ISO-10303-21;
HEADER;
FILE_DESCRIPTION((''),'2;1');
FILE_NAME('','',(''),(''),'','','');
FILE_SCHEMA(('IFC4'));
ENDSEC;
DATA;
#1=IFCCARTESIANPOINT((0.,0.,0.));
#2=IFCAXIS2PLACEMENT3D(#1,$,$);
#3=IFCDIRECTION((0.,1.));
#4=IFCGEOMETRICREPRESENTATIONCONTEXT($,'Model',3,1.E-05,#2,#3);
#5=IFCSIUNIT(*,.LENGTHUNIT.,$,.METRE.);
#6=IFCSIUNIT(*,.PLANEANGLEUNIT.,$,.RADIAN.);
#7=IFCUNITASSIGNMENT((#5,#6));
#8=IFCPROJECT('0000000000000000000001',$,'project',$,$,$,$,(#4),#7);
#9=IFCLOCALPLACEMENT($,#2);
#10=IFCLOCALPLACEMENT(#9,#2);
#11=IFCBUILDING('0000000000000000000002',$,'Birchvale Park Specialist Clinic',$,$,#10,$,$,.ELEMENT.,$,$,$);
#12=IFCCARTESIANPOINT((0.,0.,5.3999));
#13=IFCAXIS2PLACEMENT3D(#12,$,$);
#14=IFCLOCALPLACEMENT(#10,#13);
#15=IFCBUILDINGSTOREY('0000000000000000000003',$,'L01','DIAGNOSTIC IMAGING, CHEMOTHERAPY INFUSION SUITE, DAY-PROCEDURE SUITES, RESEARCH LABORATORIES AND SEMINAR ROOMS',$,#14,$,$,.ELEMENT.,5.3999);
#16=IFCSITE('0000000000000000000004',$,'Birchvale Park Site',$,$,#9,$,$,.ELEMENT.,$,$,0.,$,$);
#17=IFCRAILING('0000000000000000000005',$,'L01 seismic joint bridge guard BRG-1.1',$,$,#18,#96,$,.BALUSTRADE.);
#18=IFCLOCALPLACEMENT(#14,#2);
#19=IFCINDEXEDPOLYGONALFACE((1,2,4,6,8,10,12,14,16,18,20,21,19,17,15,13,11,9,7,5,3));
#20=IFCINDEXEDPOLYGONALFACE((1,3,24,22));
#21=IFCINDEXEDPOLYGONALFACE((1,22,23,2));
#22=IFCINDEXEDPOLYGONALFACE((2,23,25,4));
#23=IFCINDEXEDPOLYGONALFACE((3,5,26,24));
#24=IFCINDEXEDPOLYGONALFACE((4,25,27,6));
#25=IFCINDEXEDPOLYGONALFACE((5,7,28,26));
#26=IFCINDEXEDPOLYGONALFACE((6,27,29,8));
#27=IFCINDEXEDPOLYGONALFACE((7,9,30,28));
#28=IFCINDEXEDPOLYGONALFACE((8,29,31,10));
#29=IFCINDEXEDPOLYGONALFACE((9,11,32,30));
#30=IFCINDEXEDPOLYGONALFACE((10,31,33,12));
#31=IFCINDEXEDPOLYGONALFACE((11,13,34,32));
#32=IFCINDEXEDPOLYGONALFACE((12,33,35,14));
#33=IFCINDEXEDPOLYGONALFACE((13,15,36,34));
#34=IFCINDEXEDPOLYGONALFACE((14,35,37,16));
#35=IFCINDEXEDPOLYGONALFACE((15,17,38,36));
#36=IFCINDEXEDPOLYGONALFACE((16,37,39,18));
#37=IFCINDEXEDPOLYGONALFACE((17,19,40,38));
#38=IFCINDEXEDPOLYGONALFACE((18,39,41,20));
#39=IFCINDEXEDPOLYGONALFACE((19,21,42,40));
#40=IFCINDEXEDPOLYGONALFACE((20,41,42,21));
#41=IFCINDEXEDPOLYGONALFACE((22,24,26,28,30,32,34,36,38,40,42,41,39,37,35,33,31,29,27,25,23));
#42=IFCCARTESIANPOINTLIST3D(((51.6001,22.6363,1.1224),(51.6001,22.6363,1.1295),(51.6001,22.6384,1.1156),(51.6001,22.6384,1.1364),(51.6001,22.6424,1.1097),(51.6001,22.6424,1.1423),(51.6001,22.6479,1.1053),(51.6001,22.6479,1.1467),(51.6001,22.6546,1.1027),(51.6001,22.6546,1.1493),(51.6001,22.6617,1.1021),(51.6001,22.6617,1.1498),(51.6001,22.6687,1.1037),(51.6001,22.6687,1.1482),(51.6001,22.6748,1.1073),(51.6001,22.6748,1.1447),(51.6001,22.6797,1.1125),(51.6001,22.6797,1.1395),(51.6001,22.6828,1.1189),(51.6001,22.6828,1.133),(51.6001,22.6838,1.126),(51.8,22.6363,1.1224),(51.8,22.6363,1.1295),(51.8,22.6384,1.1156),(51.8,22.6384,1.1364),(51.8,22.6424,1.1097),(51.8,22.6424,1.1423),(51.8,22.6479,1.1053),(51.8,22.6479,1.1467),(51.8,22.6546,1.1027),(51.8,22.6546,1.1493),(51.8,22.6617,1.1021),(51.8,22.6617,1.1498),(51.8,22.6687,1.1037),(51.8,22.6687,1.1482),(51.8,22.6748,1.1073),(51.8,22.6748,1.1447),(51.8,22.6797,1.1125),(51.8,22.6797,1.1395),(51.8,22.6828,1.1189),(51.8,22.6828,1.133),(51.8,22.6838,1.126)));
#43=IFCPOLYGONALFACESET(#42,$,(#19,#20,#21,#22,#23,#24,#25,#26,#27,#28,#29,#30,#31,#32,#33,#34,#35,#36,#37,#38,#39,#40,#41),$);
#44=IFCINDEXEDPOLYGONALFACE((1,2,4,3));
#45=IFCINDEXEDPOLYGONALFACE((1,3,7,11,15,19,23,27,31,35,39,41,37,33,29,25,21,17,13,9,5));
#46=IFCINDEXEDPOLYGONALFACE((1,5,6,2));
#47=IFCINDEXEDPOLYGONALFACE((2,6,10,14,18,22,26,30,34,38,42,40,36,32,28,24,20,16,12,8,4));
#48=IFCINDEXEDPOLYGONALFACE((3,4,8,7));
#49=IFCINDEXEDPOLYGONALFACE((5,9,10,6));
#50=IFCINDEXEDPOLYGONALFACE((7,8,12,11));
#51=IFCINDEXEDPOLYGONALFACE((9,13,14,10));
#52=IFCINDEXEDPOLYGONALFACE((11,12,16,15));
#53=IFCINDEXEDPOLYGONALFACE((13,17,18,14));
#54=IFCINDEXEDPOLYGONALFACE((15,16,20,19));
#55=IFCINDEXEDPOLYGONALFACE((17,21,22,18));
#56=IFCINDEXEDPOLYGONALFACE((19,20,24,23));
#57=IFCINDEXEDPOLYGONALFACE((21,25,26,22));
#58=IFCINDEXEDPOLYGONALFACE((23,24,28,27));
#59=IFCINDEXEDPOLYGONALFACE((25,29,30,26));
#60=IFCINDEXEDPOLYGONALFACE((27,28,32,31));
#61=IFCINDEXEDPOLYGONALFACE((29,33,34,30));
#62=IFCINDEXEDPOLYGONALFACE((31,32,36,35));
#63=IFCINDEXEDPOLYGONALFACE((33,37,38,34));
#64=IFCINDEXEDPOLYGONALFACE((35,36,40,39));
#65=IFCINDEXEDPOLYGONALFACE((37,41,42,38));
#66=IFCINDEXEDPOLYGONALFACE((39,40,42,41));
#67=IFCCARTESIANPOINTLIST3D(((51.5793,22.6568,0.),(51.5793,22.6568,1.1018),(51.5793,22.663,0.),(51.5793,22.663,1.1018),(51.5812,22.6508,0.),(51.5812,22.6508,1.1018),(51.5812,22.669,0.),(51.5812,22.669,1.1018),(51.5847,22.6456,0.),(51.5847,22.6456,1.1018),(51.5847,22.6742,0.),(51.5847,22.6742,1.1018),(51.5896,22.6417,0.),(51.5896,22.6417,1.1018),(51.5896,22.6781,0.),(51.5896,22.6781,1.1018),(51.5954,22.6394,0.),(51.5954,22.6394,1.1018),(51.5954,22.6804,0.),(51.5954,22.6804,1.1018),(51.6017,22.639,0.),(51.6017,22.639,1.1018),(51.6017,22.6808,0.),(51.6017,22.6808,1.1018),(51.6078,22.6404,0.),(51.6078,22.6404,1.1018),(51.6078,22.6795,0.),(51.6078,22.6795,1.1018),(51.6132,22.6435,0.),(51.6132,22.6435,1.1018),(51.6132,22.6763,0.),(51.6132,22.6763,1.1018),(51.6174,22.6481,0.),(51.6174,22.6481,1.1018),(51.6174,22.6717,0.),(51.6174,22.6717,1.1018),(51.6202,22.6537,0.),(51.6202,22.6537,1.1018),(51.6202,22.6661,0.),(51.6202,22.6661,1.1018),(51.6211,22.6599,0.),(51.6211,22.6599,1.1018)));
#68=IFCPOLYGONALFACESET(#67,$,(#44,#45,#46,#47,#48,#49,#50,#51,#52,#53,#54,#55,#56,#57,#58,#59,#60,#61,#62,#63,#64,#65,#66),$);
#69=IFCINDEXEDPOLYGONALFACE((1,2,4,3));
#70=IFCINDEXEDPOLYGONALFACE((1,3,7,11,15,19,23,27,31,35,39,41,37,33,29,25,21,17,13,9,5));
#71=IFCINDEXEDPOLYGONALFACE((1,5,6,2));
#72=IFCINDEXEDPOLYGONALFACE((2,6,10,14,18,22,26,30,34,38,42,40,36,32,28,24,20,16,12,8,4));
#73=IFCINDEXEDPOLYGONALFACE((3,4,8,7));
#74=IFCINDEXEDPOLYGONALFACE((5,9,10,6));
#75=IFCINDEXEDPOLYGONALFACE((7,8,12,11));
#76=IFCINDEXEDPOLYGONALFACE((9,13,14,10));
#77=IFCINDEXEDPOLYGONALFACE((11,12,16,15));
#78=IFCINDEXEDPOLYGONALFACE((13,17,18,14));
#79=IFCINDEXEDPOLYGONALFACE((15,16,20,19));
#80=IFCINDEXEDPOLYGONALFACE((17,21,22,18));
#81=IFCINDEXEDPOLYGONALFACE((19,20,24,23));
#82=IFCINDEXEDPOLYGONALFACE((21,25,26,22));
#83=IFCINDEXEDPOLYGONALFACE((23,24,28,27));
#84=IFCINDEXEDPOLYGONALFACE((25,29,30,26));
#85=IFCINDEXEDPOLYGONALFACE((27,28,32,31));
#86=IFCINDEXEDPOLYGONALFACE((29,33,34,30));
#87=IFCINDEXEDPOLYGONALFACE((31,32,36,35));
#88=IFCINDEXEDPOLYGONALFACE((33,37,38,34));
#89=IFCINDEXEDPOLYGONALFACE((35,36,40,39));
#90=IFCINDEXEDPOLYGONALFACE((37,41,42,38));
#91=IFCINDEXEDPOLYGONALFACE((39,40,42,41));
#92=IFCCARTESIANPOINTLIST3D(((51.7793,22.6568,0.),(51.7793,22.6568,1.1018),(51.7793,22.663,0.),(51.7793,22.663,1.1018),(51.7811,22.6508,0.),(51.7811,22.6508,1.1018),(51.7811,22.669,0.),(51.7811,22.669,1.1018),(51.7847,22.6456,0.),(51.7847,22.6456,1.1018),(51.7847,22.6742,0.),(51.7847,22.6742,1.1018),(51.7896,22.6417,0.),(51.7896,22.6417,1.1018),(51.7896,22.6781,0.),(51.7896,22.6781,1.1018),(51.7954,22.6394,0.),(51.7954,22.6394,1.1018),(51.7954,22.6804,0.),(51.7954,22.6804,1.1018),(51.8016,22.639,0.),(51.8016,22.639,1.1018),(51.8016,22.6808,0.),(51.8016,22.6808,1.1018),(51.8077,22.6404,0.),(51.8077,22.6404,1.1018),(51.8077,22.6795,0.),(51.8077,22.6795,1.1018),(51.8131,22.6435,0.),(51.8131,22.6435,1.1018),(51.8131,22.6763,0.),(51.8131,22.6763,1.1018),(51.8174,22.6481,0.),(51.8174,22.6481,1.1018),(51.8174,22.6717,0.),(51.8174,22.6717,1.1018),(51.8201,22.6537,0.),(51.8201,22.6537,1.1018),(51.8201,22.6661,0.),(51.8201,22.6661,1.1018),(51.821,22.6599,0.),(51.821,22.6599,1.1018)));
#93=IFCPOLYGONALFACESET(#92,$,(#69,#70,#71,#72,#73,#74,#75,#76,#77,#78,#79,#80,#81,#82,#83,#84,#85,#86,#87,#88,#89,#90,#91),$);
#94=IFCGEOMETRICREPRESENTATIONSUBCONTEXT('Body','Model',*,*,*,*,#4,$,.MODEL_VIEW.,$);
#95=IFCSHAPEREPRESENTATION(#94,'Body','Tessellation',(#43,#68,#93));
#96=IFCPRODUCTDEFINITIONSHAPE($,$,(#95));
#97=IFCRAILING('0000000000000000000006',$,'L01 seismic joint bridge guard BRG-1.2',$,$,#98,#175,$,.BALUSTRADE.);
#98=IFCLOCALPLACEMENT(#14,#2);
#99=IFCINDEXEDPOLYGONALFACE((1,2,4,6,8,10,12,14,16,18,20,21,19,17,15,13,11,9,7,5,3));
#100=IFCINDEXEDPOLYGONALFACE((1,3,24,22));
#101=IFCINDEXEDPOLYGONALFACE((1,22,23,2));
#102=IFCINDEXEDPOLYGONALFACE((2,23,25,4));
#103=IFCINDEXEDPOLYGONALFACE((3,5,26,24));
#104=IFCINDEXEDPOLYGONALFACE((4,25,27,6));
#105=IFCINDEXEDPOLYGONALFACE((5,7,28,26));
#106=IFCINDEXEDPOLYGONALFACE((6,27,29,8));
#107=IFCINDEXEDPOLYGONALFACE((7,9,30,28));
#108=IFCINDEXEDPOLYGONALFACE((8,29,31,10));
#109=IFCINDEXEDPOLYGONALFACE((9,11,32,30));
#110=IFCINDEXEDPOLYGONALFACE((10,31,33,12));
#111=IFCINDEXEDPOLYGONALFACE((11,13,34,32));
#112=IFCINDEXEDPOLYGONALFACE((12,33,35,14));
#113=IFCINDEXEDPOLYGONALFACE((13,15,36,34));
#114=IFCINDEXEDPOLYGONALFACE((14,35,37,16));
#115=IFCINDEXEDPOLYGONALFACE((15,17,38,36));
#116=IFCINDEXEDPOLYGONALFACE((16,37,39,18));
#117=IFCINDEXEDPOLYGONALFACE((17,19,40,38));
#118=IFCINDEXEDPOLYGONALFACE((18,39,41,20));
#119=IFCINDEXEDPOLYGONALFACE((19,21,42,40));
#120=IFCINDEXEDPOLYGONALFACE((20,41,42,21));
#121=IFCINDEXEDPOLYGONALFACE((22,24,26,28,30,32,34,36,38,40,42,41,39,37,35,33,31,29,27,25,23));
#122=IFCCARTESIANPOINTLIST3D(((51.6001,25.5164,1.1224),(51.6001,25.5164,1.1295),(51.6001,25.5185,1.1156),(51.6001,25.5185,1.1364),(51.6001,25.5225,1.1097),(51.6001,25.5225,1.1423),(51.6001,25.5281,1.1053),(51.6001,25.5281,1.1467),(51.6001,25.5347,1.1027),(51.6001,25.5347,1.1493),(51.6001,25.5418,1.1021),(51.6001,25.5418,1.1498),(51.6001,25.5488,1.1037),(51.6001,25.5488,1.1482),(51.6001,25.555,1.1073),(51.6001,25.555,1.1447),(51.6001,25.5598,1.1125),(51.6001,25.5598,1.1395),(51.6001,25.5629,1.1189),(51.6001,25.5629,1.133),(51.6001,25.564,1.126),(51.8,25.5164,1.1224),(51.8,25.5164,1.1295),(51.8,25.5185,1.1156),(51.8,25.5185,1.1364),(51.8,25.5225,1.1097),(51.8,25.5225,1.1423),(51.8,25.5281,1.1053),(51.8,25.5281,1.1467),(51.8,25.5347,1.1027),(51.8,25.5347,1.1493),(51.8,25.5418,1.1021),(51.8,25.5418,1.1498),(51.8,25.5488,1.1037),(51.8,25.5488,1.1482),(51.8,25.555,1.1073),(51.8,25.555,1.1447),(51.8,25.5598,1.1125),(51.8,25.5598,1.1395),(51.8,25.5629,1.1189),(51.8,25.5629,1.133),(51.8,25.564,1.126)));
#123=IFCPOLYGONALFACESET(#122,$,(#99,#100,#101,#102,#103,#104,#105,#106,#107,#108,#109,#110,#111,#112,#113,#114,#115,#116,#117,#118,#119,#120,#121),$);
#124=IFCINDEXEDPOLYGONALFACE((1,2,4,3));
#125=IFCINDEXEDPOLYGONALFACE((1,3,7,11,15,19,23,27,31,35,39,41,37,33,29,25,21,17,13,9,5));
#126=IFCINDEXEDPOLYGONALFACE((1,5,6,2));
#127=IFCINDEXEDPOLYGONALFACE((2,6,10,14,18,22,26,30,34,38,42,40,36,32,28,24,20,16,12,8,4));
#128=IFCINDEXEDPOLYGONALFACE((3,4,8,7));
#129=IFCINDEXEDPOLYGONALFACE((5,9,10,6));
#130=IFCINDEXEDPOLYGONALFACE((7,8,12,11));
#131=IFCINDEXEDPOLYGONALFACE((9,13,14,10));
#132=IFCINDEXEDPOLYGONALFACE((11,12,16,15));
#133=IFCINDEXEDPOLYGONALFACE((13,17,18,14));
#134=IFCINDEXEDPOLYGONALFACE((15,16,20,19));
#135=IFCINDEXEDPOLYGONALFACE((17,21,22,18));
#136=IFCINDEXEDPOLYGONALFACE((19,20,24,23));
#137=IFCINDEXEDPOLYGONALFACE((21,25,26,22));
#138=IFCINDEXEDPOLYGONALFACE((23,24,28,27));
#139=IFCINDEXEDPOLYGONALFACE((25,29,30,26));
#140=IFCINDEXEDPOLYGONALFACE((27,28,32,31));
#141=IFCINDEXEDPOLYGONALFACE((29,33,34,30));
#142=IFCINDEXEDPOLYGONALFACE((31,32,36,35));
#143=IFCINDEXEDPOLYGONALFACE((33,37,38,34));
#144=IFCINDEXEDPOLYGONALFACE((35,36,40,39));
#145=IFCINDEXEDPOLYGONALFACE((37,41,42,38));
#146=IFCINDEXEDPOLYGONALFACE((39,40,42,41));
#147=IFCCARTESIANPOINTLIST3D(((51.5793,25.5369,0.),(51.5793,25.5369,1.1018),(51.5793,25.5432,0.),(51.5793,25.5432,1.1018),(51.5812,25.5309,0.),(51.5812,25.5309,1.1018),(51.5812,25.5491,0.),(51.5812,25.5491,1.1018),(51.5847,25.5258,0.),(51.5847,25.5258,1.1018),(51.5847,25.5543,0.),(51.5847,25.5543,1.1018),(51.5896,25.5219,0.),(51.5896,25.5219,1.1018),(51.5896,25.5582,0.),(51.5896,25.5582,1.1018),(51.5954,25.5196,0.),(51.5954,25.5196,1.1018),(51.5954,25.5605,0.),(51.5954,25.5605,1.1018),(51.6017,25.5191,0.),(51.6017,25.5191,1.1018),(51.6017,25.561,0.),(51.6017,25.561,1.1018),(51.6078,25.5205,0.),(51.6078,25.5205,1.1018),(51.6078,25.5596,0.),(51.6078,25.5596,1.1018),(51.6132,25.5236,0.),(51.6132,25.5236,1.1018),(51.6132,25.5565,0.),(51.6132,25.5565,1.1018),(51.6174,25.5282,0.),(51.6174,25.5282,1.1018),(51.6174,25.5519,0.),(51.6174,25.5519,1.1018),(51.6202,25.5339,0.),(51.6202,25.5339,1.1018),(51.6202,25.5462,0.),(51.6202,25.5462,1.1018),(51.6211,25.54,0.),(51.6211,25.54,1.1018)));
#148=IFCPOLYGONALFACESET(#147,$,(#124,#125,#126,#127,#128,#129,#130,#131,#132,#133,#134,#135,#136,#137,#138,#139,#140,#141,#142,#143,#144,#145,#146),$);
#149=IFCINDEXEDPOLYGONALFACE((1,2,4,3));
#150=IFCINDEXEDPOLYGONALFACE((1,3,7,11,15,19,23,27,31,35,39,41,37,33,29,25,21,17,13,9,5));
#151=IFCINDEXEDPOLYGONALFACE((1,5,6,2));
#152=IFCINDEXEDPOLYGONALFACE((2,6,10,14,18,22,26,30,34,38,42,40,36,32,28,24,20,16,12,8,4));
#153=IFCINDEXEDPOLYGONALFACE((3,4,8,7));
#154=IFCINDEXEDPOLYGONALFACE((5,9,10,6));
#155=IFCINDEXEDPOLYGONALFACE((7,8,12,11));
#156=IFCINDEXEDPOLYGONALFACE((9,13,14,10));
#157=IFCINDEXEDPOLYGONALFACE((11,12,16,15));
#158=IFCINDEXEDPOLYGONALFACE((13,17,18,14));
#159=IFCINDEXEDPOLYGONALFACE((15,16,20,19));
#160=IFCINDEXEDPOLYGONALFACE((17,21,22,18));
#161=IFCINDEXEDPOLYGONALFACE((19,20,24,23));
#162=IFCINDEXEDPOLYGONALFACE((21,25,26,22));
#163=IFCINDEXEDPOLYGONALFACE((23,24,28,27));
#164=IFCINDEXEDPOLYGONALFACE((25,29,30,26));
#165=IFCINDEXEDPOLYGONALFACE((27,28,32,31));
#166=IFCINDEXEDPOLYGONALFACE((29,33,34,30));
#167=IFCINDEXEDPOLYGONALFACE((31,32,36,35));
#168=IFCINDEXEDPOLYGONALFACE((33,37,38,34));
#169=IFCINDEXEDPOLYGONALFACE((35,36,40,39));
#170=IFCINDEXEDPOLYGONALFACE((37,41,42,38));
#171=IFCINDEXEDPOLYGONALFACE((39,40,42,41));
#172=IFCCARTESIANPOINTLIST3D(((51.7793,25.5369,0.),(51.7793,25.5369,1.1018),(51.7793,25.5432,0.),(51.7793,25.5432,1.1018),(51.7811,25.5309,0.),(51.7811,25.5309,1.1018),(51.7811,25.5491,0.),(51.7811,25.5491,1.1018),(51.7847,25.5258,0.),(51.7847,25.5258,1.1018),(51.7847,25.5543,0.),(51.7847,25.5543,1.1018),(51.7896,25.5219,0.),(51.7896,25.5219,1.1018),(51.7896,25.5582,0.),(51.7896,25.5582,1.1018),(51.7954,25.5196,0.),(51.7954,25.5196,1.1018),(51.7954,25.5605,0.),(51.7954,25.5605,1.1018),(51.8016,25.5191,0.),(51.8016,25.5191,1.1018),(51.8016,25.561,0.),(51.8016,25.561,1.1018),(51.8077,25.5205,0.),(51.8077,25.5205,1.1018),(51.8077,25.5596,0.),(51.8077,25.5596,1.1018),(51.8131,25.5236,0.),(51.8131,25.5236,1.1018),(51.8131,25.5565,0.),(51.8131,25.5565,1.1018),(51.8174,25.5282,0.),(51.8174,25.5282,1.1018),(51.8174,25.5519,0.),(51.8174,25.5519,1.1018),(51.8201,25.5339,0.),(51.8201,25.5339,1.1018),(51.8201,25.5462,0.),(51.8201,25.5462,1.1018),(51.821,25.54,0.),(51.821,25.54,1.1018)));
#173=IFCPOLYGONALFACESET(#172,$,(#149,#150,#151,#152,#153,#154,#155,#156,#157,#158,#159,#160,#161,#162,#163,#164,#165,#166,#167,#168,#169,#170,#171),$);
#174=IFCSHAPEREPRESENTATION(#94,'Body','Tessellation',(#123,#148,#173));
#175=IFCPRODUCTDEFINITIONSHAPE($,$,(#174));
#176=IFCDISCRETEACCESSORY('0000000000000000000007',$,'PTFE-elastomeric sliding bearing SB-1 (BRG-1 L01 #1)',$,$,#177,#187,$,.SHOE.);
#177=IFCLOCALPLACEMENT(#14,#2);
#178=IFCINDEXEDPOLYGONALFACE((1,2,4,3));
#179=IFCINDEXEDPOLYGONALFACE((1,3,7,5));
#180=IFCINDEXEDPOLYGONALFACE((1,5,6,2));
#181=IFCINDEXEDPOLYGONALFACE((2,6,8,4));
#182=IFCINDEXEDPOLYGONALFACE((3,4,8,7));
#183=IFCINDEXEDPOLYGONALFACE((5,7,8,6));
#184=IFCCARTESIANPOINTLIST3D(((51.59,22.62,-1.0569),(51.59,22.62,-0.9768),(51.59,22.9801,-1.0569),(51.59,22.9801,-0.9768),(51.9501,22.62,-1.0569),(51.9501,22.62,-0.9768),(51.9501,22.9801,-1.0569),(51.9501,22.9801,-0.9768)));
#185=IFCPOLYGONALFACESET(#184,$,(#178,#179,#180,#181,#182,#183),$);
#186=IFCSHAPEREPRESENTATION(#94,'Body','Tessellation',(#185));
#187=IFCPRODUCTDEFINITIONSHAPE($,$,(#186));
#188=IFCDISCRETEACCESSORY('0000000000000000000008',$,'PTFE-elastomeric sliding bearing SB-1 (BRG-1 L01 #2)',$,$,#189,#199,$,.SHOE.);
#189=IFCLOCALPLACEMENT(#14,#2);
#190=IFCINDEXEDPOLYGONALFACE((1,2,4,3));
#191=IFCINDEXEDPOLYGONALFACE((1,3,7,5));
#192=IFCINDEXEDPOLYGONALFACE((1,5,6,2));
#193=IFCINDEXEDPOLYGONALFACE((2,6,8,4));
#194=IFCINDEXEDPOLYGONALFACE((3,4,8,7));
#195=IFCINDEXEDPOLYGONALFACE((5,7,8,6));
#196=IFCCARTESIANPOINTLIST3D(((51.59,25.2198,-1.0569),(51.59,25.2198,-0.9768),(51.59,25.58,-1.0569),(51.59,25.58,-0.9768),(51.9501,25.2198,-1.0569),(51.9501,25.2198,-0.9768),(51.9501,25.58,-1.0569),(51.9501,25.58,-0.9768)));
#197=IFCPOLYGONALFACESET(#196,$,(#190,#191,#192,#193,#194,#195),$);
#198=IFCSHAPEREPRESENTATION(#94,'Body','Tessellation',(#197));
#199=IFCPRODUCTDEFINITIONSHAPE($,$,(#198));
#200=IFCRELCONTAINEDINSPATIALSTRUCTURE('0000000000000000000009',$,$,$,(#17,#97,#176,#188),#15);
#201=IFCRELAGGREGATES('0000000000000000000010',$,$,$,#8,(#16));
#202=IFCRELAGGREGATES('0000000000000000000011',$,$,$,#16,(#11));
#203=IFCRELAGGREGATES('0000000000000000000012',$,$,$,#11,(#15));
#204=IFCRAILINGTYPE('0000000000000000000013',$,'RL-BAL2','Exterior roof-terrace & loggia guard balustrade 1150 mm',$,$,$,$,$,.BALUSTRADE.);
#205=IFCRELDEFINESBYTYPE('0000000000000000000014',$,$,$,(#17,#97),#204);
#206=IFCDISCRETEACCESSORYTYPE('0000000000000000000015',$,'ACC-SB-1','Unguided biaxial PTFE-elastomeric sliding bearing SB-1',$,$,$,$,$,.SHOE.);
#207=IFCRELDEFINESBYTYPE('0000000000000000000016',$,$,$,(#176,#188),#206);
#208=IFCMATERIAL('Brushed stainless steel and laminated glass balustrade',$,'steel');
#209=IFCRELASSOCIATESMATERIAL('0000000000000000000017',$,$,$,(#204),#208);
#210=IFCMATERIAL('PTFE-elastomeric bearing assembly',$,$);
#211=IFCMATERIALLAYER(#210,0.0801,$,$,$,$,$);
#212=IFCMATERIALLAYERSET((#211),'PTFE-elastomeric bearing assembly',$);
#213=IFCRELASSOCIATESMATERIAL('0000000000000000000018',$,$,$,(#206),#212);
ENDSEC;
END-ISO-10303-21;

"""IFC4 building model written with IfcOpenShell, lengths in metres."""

from ifc_helpers import new_model, si_unit, direction, frame, origin, origin_2d, place, context, subcontext, project, spatial, rectangle, circle, extrude, material, layer, layer_set, type_object, element, save


model = new_model("IFC4")

# Units and contexts
model_context = context("Model", 3, precision=1e-05, world=origin(), true_north=direction((0.0, 1.0)))
body_context = subcontext(model_context, "Body", "Model", "MODEL_VIEW")
ifc_project = project(units=[si_unit("LENGTHUNIT", "METRE"), si_unit("PLANEANGLEUNIT", "RADIAN")], contexts=[model_context])

# Site, building, storey
site_placement = place(None, origin())
site = spatial("IfcSite", under=ifc_project, at=site_placement, Name="Birchvale Park Site", CompositionType="ELEMENT", RefElevation=0.0)
building_placement = place(site_placement, origin())
building = spatial("IfcBuilding", under=site, at=building_placement, Name="Birchvale Park Specialist Clinic", CompositionType="ELEMENT")
storey_placement = place(building_placement, frame((0.0, 0.0, 5.3999)))
storey = spatial("IfcBuildingStorey", under=building, at=storey_placement, Name="L01", Description="DIAGNOSTIC IMAGING, CHEMOTHERAPY INFUSION SUITE, DAY-PROCEDURE SUITES, RESEARCH LABORATORIES AND SEMINAR ROOMS", CompositionType="ELEMENT", Elevation=5.3999)

# Railings
ifc_material_1 = material(Name="Brushed stainless steel and laminated glass balustrade", Category="steel")
railing_type = type_object("IfcRailingType", Name="RL-BAL2", Description="Exterior roof-terrace & loggia guard balustrade 1150 mm", PredefinedType="BALUSTRADE", material=ifc_material_1)
for number, where, name in (
    (1, (51.6001, 22.6599, 0.0), "L01 seismic joint bridge guard BRG-1.1"),
    (2, (51.6001, 25.54, 0.0), "L01 seismic joint bridge guard BRG-1.2"),
):
    element("IfcRailing", number, at=place(storey_placement, frame(where)), inside=storey, type_object=railing_type, Name=name, PredefinedType="BALUSTRADE", context=body_context, shape_type="SweptSolid", body=[
        extrude(circle(Radius=0.0239, at=origin_2d()), frame((0.0, 0.0, 1.126), z_axis=(1.0, 0.0, 0.0), x_axis=(0.0, 1.0, 0.0)), (0.0, 0.0, 1.0), 0.2),
        extrude(circle(Radius=0.021, at=origin_2d()), origin(), (0.0, 0.0, 1.0), 1.1018),
        extrude(circle(Radius=0.021, at=origin_2d()), frame((0.2, 0.0, 0.0)), (0.0, 0.0, 1.0), 1.1018),
    ])

# Discrete accessories
ifc_material_2 = material(Name="PTFE-elastomeric bearing assembly")
ifc_layer_1 = layer(ifc_material_2, 0.0801)
ifc_layer_set_1 = layer_set([ifc_layer_1], Name="PTFE-elastomeric bearing assembly")
discrete_accessory_type = type_object("IfcDiscreteAccessoryType", Name="ACC-SB-1", Description="Unguided biaxial PTFE-elastomeric sliding bearing SB-1", PredefinedType="SHOE", material=ifc_layer_set_1)
for number, where, z_axis, x_axis, name in (
    (3, (51.77, 22.8, -1.0569), (0.0, 0.0, 1.0), (1.0, 0.0, 0.0), "PTFE-elastomeric sliding bearing SB-1 (BRG-1 L01 #1)"),
    (4, (51.77, 25.3999, -1.0569), (0.0, 0.0, 1.0), (1.0, 0.0, 0.0), "PTFE-elastomeric sliding bearing SB-1 (BRG-1 L01 #2)"),
):
    element("IfcDiscreteAccessory", number, at=place(storey_placement, frame(where, z_axis=z_axis, x_axis=x_axis)), inside=storey, type_object=discrete_accessory_type, Name=name, PredefinedType="SHOE", context=body_context, shape_type="SweptSolid", body=[
        extrude(rectangle(XDim=0.3601, YDim=0.3601, at=origin_2d()), origin(), (0.0, 0.0, 1.0), 0.0801),
    ])

save(model, "model.ifc")
